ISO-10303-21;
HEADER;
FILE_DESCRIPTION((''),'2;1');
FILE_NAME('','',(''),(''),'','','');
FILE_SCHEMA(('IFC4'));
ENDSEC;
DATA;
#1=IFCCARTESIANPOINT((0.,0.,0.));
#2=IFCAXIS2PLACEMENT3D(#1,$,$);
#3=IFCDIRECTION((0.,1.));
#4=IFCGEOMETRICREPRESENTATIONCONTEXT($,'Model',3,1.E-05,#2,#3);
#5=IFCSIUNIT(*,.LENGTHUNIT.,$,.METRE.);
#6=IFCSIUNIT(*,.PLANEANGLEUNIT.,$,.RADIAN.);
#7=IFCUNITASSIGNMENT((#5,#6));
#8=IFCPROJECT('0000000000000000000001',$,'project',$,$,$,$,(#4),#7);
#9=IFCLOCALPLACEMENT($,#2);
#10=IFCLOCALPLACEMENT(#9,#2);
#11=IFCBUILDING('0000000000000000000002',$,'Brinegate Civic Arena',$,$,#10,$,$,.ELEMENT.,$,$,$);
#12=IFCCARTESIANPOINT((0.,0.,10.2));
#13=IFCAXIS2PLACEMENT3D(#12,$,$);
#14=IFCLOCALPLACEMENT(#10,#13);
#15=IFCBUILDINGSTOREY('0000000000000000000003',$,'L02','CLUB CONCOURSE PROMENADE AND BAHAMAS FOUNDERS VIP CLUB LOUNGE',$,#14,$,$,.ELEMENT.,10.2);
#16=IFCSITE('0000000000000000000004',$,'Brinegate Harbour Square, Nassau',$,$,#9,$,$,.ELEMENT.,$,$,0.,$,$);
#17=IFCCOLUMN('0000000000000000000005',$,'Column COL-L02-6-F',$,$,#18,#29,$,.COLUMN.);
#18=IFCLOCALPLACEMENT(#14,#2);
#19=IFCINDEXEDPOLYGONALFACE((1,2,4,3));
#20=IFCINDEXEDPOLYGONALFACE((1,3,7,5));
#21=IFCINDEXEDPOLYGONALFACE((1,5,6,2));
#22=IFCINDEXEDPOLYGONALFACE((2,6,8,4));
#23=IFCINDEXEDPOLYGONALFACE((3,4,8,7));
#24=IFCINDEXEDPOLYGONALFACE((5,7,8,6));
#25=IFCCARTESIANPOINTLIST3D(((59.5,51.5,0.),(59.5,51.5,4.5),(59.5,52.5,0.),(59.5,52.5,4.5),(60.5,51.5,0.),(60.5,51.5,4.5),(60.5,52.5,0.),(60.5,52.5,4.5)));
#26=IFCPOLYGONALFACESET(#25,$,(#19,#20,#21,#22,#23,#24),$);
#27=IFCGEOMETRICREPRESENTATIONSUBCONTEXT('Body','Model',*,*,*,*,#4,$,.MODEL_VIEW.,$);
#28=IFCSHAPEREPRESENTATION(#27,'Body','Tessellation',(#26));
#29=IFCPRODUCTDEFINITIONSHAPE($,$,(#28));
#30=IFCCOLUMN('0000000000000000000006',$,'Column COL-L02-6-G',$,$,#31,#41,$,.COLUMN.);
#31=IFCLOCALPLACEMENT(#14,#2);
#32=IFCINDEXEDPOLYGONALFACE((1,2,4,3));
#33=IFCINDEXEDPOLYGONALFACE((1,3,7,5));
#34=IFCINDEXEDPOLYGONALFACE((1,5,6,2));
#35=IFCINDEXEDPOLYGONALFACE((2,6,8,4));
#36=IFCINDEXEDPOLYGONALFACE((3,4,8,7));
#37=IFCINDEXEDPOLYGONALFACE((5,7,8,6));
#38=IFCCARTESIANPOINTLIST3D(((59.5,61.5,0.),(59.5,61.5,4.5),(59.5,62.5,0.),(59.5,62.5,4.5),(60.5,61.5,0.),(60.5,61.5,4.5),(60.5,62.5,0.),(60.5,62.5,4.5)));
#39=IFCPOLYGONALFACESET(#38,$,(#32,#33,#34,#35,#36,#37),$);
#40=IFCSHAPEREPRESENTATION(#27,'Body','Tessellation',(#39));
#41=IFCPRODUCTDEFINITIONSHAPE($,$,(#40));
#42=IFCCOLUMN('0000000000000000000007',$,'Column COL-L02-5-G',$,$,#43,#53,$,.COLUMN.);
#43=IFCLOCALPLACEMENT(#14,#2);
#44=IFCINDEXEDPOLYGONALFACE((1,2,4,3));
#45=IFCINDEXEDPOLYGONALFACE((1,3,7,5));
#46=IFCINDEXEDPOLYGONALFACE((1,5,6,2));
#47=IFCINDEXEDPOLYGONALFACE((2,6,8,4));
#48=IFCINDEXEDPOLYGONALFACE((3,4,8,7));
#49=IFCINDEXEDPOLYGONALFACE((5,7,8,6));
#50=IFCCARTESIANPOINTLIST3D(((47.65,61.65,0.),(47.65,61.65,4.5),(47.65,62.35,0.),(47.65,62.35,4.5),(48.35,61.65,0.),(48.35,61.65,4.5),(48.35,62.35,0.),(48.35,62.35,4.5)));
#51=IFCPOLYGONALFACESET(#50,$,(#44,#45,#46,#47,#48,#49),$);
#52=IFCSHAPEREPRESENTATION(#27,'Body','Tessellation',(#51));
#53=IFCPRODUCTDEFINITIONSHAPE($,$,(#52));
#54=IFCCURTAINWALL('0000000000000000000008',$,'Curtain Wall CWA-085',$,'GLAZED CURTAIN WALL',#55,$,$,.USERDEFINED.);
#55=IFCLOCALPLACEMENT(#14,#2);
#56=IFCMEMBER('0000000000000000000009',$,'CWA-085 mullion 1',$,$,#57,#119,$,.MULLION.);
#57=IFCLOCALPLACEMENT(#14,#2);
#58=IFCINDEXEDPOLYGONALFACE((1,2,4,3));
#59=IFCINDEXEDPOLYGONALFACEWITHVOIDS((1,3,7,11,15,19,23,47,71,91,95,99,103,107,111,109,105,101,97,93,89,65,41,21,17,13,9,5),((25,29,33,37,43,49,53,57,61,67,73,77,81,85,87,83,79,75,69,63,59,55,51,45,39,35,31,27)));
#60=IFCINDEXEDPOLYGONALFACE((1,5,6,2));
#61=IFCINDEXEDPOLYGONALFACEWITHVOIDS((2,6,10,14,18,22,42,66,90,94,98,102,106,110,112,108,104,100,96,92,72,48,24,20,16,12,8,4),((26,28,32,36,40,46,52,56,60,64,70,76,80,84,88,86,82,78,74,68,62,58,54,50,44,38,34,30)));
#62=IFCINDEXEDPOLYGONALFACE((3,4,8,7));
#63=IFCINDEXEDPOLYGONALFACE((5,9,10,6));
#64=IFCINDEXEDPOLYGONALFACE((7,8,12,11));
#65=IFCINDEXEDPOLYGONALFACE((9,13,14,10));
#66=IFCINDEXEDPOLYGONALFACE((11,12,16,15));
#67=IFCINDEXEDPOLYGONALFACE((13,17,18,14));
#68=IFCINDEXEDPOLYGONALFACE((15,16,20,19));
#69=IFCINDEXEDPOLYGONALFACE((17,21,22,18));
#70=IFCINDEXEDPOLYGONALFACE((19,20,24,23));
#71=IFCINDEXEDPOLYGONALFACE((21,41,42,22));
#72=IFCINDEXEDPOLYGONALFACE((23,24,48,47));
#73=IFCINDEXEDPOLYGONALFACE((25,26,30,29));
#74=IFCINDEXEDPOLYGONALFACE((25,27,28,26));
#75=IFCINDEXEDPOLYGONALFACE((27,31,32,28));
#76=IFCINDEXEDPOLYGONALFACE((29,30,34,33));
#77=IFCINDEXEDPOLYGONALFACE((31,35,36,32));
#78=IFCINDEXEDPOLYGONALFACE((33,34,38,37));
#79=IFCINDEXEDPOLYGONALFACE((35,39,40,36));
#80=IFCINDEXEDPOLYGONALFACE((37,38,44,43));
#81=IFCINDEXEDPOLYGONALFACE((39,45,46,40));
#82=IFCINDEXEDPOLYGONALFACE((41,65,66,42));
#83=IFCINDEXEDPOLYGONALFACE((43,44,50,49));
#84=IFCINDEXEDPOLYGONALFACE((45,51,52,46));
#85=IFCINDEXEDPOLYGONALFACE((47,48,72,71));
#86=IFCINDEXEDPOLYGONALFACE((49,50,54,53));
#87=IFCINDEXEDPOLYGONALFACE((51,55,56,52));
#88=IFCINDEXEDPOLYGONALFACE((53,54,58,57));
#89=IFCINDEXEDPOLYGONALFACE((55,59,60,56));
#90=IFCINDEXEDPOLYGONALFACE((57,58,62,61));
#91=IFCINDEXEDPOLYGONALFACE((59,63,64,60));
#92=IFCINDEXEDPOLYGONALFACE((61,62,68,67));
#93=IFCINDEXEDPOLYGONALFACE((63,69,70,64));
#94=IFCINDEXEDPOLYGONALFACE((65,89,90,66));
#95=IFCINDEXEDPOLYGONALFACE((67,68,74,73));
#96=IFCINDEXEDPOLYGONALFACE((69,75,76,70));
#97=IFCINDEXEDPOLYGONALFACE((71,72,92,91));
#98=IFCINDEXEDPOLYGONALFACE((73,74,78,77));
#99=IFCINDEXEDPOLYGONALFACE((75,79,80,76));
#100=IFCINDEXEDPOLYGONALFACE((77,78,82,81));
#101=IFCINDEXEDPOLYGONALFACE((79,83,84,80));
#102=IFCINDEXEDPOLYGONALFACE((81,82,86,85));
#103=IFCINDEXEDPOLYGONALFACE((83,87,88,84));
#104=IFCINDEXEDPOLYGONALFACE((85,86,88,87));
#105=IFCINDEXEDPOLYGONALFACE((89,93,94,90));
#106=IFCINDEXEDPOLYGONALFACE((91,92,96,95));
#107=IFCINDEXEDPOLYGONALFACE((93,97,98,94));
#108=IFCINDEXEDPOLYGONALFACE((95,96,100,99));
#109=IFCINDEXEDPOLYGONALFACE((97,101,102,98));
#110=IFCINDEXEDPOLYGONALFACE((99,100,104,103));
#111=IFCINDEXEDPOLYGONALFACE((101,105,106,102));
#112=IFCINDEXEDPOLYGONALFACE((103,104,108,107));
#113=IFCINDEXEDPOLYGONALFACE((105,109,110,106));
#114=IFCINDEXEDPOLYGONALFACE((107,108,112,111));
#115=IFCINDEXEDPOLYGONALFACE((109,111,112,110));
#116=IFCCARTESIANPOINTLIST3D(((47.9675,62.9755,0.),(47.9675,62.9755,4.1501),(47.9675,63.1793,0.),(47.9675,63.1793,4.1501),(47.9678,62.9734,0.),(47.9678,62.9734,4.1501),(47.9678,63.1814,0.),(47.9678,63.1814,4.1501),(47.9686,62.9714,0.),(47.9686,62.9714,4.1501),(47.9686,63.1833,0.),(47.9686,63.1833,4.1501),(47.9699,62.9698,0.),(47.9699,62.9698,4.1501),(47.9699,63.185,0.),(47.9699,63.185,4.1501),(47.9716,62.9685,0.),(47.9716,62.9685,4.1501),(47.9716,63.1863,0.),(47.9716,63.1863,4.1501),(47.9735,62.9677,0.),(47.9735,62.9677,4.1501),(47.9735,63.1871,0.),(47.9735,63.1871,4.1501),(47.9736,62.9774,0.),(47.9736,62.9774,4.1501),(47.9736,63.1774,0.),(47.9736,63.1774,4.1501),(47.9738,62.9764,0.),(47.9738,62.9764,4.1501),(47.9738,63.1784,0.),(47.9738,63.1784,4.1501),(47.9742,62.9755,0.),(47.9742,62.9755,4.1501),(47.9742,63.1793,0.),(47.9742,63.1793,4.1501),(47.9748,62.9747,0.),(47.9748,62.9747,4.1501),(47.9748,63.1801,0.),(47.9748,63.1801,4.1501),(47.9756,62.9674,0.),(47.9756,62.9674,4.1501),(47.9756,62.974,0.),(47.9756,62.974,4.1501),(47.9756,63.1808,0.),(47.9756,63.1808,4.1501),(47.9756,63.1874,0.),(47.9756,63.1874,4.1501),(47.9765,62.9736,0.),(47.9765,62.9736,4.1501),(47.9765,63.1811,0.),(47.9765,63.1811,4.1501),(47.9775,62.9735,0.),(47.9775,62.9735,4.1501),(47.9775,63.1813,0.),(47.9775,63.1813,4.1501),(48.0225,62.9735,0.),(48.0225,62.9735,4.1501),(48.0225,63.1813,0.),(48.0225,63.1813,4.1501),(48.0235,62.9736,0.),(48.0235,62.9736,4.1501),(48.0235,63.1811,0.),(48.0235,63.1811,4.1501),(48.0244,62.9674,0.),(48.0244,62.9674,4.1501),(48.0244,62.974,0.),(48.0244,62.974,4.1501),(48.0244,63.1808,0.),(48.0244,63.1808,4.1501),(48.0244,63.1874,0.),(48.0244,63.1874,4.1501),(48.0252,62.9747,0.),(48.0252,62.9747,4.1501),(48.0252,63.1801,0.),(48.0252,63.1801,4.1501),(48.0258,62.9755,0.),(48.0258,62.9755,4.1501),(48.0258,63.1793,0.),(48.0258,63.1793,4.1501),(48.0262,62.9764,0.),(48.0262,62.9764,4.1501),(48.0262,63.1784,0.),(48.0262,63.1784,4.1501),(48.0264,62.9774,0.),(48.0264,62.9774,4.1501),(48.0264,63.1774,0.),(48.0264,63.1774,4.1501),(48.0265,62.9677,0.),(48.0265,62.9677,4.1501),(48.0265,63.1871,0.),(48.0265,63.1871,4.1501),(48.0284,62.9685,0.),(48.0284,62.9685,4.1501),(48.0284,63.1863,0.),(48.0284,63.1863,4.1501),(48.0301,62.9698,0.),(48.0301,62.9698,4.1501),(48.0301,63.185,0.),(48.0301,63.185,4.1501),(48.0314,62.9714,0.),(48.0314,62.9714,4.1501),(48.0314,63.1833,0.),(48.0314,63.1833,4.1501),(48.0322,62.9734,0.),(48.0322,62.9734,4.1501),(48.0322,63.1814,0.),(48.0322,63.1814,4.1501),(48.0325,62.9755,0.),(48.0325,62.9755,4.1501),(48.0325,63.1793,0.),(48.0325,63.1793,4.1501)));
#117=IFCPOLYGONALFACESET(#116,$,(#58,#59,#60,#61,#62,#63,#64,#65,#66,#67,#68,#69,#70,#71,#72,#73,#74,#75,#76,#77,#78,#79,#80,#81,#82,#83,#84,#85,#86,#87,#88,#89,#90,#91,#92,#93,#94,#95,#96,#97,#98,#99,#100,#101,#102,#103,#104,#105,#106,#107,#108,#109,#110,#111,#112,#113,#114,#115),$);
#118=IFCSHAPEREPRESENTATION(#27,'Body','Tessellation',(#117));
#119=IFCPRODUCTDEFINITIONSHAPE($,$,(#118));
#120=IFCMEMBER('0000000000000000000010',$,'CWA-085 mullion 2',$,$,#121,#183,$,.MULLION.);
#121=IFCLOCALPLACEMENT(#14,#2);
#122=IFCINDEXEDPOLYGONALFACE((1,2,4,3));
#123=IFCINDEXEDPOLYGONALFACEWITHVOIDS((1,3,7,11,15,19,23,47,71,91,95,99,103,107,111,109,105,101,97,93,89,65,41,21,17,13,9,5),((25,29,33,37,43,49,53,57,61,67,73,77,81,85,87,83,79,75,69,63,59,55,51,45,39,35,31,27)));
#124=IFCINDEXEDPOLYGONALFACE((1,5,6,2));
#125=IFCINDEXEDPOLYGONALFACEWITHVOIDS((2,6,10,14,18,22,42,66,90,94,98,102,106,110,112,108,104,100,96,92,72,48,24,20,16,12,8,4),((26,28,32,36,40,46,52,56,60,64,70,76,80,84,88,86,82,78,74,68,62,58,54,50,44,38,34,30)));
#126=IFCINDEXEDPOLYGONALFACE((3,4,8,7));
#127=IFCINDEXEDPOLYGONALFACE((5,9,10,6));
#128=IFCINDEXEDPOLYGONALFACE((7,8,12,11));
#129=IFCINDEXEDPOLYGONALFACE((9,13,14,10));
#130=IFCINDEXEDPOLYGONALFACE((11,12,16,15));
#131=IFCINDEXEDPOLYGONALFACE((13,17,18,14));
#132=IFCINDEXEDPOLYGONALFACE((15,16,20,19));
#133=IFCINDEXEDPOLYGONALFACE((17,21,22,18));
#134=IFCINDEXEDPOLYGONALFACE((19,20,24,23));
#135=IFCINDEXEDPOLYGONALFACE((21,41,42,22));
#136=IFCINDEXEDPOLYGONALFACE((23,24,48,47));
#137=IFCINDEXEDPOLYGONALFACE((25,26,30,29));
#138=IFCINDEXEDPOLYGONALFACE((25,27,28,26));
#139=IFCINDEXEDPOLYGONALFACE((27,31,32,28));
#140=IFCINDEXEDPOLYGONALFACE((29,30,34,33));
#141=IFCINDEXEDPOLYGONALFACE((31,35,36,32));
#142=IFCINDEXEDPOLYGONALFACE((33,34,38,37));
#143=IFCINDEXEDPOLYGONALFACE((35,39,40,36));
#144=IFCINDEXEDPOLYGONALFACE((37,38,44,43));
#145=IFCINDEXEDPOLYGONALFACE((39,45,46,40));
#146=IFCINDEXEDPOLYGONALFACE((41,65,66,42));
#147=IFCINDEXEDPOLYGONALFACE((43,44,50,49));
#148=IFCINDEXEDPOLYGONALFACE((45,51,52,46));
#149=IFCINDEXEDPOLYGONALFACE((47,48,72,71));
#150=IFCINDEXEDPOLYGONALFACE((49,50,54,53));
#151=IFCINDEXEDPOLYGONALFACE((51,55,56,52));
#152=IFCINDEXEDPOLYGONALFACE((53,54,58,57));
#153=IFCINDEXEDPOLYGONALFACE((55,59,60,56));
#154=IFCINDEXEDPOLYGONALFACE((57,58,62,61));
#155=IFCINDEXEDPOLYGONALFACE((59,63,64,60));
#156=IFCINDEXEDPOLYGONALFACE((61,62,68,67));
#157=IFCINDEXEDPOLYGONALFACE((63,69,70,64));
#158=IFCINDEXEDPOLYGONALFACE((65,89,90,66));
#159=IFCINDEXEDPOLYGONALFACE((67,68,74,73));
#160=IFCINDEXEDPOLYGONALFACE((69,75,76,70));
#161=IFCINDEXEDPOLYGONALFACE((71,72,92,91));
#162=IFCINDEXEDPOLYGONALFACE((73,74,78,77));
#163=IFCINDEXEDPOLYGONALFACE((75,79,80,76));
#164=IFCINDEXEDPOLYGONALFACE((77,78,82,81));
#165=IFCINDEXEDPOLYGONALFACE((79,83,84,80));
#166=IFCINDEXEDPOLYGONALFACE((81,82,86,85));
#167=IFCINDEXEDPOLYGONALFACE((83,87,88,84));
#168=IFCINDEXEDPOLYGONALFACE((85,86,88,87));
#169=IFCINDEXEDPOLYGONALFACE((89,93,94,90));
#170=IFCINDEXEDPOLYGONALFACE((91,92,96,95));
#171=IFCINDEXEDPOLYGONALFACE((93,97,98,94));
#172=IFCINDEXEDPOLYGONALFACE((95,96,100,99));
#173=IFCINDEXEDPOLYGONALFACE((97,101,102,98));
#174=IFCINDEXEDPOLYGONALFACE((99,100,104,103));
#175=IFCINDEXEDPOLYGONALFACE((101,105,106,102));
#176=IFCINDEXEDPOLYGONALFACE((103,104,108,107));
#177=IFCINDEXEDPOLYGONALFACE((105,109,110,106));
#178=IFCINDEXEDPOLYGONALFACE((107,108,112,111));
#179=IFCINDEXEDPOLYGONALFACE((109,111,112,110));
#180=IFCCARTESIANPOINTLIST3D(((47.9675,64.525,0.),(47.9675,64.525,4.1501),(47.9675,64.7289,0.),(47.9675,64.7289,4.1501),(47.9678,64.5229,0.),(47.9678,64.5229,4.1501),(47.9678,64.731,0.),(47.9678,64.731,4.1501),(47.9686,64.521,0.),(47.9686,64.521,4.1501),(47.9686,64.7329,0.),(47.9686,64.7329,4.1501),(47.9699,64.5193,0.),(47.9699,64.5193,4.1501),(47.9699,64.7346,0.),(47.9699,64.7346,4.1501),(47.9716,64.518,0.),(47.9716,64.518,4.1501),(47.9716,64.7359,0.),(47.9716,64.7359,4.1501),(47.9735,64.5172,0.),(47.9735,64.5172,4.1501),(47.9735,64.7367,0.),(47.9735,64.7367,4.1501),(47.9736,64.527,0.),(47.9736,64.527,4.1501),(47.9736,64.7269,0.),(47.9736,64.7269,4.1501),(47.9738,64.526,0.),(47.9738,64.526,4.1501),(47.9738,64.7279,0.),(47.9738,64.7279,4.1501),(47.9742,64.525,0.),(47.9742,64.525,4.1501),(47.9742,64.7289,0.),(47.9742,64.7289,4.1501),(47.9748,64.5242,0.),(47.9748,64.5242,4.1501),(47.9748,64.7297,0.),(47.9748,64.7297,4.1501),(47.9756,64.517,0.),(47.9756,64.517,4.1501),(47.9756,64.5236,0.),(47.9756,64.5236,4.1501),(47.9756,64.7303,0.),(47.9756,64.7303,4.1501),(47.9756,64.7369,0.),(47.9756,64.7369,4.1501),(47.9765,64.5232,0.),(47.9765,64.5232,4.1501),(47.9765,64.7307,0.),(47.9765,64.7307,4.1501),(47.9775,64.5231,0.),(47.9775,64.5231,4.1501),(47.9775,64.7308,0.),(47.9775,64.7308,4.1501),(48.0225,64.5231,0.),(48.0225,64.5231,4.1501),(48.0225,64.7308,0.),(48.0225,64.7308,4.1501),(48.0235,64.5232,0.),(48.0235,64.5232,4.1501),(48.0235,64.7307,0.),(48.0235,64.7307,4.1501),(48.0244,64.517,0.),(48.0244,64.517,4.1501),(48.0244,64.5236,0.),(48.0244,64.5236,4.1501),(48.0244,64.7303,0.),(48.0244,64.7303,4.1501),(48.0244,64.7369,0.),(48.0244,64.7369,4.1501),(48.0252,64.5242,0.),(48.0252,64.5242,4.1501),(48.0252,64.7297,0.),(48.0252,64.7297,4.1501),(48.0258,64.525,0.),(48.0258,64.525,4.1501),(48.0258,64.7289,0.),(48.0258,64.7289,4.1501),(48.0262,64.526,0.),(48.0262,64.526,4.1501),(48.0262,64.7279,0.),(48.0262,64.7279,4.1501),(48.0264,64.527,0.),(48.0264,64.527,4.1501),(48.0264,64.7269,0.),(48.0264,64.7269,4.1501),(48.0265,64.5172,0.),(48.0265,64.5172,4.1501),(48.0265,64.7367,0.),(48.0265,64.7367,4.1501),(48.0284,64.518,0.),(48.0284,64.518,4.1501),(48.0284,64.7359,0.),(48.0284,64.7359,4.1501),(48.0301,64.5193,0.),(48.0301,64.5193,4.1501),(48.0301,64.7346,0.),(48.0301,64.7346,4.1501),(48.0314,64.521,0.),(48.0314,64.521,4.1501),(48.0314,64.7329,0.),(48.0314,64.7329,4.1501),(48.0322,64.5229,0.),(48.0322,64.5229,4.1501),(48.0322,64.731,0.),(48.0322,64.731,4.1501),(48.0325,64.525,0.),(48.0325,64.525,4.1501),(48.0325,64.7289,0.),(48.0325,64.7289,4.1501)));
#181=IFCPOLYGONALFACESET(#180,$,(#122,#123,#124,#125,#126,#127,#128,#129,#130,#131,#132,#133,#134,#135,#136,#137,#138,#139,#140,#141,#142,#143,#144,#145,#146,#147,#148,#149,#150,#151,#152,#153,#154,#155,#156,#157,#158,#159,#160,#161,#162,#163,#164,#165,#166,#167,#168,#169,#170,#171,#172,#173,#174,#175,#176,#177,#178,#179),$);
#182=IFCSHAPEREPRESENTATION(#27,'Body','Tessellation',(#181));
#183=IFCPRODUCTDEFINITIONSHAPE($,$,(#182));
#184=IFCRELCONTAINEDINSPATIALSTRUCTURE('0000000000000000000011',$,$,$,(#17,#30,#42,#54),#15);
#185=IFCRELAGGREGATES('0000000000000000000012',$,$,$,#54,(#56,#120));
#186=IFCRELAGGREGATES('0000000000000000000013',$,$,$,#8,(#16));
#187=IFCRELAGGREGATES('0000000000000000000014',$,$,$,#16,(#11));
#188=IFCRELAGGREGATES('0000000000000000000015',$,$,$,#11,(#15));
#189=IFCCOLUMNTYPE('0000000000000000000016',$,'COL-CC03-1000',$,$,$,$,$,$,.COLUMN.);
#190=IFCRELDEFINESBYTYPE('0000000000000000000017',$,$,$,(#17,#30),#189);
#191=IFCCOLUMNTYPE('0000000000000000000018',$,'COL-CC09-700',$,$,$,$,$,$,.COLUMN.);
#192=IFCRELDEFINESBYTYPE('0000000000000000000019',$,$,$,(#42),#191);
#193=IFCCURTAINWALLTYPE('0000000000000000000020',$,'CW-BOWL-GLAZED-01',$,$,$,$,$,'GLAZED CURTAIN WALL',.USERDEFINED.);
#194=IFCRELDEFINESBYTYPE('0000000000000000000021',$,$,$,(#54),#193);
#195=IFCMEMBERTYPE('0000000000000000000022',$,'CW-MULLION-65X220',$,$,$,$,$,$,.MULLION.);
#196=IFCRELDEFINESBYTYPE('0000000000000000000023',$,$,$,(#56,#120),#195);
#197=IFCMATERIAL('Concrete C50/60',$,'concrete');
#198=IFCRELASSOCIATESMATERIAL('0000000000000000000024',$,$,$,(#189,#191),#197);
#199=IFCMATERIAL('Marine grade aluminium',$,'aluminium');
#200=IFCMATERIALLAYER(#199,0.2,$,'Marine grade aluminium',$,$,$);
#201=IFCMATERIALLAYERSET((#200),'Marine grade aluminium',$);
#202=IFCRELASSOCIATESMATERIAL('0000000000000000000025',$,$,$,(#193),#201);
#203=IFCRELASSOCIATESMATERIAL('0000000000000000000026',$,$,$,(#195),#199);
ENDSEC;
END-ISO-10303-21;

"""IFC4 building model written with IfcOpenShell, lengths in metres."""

from ifc_helpers import new_model, si_unit, direction, frame, origin, origin_2d, place, context, subcontext, project, spatial, rectangle, hollow_rectangle, extrude, material, layer, layer_set, material_profile, profile_set, type_object, element, aggregate, save


model = new_model("IFC4")

# Units and contexts
model_context = context("Model", 3, precision=1e-05, world=origin(), true_north=direction((0.0, 1.0)))
body_context = subcontext(model_context, "Body", "Model", "MODEL_VIEW")
ifc_project = project(units=[si_unit("LENGTHUNIT", "METRE"), si_unit("PLANEANGLEUNIT", "RADIAN")], contexts=[model_context])

# Site, building, storey
site_placement = place(None, origin())
site = spatial("IfcSite", under=ifc_project, at=site_placement, Name="Brinegate Harbour Square, Nassau", CompositionType="ELEMENT", RefElevation=0.0)
building_placement = place(site_placement, origin())
building = spatial("IfcBuilding", under=site, at=building_placement, Name="Brinegate Civic Arena", CompositionType="ELEMENT")
storey_placement = place(building_placement, frame((0.0, 0.0, 10.2)))
storey = spatial("IfcBuildingStorey", under=building, at=storey_placement, Name="L02", Description="CLUB CONCOURSE PROMENADE AND BAHAMAS FOUNDERS VIP CLUB LOUNGE", CompositionType="ELEMENT", Elevation=10.2)

# Columns
ifc_material_1 = material(Name="Concrete C50/60", Category="concrete")
ifc_material_profile_1 = material_profile(ifc_material_1, rectangle(XDim=1.0, YDim=1.0, at=origin_2d()), Name="RC1000X1000")
ifc_profile_set_1 = profile_set([ifc_material_profile_1], Name="Concrete C50/60")
column_type_1 = type_object("IfcColumnType", Name="COL-CC03-1000", PredefinedType="COLUMN", material=ifc_profile_set_1)
for number, where, z_axis, x_axis, name in (
    (1, (60.0, 52.0, 0.0), (0.0, 0.0, 1.0), (1.0, 0.0, 0.0), "Column COL-L02-6-F"),
    (2, (60.0, 62.0, 0.0), (0.0, 0.0, 1.0), (1.0, 0.0, 0.0), "Column COL-L02-6-G"),
):
    element("IfcColumn", number, at=place(storey_placement, frame(where, z_axis=z_axis, x_axis=x_axis)), inside=storey, type_object=column_type_1, Name=name, PredefinedType="COLUMN", context=body_context, shape_type="SweptSolid", body=[
        extrude(rectangle(XDim=1.0, YDim=1.0, at=origin_2d()), origin(), (0.0, 0.0, 1.0), 4.5),
    ])
ifc_material_profile_2 = material_profile(ifc_material_1, rectangle(XDim=0.7, YDim=0.7, at=origin_2d()), Name="RC700X700")
ifc_profile_set_2 = profile_set([ifc_material_profile_2], Name="Concrete C50/60")
column_type_2 = type_object("IfcColumnType", Name="COL-CC09-700", PredefinedType="COLUMN", material=ifc_profile_set_2)
column_placement = place(storey_placement, frame((48.0, 62.0, 0.0), z_axis=(0.0, 0.0, 1.0), x_axis=(1.0, 0.0, 0.0)))
element("IfcColumn", 3, at=column_placement, inside=storey, type_object=column_type_2, Name="Column COL-L02-5-G", PredefinedType="COLUMN", context=body_context, shape_type="SweptSolid", body=[
    extrude(rectangle(XDim=0.7, YDim=0.7, at=origin_2d()), origin(), (0.0, 0.0, 1.0), 4.5),
])

# Curtain wall, members
ifc_material_2 = material(Name="Marine grade aluminium", Category="aluminium")
ifc_layer_1 = layer(ifc_material_2, 0.2, Name="Marine grade aluminium")
ifc_layer_set_1 = layer_set([ifc_layer_1], Name="Marine grade aluminium")
curtain_wall_type = type_object("IfcCurtainWallType", Name="CW-BOWL-GLAZED-01", ElementType="GLAZED CURTAIN WALL", PredefinedType="USERDEFINED", material=ifc_layer_set_1)
curtain_wall_1_placement = place(storey_placement, origin())
curtain_wall_1 = element("IfcCurtainWall", 4, at=curtain_wall_1_placement, inside=storey, type_object=curtain_wall_type, Name="Curtain Wall CWA-085", ObjectType="GLAZED CURTAIN WALL", PredefinedType="USERDEFINED")
ifc_material_profile_3 = material_profile(ifc_material_2, hollow_rectangle(XDim=0.0649, YDim=0.22, WallThickness=0.0061, InnerFilletRadius=0.0039, OuterFilletRadius=0.0081, at=origin_2d()), Name="MUL65X220")
ifc_profile_set_3 = profile_set([ifc_material_profile_3], Name="Marine grade aluminium")
member_type_1 = type_object("IfcMemberType", Name="CW-MULLION-65X220", PredefinedType="MULLION", material=ifc_profile_set_3)
member_1_placement = place(storey_placement, frame((48.0, 63.0774, 0.0), z_axis=(0.0, 0.0, 1.0), x_axis=(-1.0, 0.0, 0.0)))
member_1 = element("IfcMember", 5, at=member_1_placement, type_object=member_type_1, Name="CWA-085 mullion 1", PredefinedType="MULLION", context=body_context, shape_type="SweptSolid", body=[
    extrude(hollow_rectangle(XDim=0.0649, YDim=0.22, WallThickness=0.0061, InnerFilletRadius=0.0039, OuterFilletRadius=0.0081, at=origin_2d()), origin(), (0.0, 0.0, 1.0), 4.1501),
])
member_2_placement = place(storey_placement, frame((48.0, 64.627, 0.0), z_axis=(0.0, 0.0, 1.0), x_axis=(-1.0, 0.0, 0.0)))
member_2 = element("IfcMember", 6, at=member_2_placement, type_object=member_type_1, Name="CWA-085 mullion 2", PredefinedType="MULLION", context=body_context, shape_type="SweptSolid", body=[
    extrude(hollow_rectangle(XDim=0.0649, YDim=0.22, WallThickness=0.0061, InnerFilletRadius=0.0039, OuterFilletRadius=0.0081, at=origin_2d()), origin(), (0.0, 0.0, 1.0), 4.1501),
])

aggregate(curtain_wall_1, [member_1, member_2])

save(model, "model.ifc")
